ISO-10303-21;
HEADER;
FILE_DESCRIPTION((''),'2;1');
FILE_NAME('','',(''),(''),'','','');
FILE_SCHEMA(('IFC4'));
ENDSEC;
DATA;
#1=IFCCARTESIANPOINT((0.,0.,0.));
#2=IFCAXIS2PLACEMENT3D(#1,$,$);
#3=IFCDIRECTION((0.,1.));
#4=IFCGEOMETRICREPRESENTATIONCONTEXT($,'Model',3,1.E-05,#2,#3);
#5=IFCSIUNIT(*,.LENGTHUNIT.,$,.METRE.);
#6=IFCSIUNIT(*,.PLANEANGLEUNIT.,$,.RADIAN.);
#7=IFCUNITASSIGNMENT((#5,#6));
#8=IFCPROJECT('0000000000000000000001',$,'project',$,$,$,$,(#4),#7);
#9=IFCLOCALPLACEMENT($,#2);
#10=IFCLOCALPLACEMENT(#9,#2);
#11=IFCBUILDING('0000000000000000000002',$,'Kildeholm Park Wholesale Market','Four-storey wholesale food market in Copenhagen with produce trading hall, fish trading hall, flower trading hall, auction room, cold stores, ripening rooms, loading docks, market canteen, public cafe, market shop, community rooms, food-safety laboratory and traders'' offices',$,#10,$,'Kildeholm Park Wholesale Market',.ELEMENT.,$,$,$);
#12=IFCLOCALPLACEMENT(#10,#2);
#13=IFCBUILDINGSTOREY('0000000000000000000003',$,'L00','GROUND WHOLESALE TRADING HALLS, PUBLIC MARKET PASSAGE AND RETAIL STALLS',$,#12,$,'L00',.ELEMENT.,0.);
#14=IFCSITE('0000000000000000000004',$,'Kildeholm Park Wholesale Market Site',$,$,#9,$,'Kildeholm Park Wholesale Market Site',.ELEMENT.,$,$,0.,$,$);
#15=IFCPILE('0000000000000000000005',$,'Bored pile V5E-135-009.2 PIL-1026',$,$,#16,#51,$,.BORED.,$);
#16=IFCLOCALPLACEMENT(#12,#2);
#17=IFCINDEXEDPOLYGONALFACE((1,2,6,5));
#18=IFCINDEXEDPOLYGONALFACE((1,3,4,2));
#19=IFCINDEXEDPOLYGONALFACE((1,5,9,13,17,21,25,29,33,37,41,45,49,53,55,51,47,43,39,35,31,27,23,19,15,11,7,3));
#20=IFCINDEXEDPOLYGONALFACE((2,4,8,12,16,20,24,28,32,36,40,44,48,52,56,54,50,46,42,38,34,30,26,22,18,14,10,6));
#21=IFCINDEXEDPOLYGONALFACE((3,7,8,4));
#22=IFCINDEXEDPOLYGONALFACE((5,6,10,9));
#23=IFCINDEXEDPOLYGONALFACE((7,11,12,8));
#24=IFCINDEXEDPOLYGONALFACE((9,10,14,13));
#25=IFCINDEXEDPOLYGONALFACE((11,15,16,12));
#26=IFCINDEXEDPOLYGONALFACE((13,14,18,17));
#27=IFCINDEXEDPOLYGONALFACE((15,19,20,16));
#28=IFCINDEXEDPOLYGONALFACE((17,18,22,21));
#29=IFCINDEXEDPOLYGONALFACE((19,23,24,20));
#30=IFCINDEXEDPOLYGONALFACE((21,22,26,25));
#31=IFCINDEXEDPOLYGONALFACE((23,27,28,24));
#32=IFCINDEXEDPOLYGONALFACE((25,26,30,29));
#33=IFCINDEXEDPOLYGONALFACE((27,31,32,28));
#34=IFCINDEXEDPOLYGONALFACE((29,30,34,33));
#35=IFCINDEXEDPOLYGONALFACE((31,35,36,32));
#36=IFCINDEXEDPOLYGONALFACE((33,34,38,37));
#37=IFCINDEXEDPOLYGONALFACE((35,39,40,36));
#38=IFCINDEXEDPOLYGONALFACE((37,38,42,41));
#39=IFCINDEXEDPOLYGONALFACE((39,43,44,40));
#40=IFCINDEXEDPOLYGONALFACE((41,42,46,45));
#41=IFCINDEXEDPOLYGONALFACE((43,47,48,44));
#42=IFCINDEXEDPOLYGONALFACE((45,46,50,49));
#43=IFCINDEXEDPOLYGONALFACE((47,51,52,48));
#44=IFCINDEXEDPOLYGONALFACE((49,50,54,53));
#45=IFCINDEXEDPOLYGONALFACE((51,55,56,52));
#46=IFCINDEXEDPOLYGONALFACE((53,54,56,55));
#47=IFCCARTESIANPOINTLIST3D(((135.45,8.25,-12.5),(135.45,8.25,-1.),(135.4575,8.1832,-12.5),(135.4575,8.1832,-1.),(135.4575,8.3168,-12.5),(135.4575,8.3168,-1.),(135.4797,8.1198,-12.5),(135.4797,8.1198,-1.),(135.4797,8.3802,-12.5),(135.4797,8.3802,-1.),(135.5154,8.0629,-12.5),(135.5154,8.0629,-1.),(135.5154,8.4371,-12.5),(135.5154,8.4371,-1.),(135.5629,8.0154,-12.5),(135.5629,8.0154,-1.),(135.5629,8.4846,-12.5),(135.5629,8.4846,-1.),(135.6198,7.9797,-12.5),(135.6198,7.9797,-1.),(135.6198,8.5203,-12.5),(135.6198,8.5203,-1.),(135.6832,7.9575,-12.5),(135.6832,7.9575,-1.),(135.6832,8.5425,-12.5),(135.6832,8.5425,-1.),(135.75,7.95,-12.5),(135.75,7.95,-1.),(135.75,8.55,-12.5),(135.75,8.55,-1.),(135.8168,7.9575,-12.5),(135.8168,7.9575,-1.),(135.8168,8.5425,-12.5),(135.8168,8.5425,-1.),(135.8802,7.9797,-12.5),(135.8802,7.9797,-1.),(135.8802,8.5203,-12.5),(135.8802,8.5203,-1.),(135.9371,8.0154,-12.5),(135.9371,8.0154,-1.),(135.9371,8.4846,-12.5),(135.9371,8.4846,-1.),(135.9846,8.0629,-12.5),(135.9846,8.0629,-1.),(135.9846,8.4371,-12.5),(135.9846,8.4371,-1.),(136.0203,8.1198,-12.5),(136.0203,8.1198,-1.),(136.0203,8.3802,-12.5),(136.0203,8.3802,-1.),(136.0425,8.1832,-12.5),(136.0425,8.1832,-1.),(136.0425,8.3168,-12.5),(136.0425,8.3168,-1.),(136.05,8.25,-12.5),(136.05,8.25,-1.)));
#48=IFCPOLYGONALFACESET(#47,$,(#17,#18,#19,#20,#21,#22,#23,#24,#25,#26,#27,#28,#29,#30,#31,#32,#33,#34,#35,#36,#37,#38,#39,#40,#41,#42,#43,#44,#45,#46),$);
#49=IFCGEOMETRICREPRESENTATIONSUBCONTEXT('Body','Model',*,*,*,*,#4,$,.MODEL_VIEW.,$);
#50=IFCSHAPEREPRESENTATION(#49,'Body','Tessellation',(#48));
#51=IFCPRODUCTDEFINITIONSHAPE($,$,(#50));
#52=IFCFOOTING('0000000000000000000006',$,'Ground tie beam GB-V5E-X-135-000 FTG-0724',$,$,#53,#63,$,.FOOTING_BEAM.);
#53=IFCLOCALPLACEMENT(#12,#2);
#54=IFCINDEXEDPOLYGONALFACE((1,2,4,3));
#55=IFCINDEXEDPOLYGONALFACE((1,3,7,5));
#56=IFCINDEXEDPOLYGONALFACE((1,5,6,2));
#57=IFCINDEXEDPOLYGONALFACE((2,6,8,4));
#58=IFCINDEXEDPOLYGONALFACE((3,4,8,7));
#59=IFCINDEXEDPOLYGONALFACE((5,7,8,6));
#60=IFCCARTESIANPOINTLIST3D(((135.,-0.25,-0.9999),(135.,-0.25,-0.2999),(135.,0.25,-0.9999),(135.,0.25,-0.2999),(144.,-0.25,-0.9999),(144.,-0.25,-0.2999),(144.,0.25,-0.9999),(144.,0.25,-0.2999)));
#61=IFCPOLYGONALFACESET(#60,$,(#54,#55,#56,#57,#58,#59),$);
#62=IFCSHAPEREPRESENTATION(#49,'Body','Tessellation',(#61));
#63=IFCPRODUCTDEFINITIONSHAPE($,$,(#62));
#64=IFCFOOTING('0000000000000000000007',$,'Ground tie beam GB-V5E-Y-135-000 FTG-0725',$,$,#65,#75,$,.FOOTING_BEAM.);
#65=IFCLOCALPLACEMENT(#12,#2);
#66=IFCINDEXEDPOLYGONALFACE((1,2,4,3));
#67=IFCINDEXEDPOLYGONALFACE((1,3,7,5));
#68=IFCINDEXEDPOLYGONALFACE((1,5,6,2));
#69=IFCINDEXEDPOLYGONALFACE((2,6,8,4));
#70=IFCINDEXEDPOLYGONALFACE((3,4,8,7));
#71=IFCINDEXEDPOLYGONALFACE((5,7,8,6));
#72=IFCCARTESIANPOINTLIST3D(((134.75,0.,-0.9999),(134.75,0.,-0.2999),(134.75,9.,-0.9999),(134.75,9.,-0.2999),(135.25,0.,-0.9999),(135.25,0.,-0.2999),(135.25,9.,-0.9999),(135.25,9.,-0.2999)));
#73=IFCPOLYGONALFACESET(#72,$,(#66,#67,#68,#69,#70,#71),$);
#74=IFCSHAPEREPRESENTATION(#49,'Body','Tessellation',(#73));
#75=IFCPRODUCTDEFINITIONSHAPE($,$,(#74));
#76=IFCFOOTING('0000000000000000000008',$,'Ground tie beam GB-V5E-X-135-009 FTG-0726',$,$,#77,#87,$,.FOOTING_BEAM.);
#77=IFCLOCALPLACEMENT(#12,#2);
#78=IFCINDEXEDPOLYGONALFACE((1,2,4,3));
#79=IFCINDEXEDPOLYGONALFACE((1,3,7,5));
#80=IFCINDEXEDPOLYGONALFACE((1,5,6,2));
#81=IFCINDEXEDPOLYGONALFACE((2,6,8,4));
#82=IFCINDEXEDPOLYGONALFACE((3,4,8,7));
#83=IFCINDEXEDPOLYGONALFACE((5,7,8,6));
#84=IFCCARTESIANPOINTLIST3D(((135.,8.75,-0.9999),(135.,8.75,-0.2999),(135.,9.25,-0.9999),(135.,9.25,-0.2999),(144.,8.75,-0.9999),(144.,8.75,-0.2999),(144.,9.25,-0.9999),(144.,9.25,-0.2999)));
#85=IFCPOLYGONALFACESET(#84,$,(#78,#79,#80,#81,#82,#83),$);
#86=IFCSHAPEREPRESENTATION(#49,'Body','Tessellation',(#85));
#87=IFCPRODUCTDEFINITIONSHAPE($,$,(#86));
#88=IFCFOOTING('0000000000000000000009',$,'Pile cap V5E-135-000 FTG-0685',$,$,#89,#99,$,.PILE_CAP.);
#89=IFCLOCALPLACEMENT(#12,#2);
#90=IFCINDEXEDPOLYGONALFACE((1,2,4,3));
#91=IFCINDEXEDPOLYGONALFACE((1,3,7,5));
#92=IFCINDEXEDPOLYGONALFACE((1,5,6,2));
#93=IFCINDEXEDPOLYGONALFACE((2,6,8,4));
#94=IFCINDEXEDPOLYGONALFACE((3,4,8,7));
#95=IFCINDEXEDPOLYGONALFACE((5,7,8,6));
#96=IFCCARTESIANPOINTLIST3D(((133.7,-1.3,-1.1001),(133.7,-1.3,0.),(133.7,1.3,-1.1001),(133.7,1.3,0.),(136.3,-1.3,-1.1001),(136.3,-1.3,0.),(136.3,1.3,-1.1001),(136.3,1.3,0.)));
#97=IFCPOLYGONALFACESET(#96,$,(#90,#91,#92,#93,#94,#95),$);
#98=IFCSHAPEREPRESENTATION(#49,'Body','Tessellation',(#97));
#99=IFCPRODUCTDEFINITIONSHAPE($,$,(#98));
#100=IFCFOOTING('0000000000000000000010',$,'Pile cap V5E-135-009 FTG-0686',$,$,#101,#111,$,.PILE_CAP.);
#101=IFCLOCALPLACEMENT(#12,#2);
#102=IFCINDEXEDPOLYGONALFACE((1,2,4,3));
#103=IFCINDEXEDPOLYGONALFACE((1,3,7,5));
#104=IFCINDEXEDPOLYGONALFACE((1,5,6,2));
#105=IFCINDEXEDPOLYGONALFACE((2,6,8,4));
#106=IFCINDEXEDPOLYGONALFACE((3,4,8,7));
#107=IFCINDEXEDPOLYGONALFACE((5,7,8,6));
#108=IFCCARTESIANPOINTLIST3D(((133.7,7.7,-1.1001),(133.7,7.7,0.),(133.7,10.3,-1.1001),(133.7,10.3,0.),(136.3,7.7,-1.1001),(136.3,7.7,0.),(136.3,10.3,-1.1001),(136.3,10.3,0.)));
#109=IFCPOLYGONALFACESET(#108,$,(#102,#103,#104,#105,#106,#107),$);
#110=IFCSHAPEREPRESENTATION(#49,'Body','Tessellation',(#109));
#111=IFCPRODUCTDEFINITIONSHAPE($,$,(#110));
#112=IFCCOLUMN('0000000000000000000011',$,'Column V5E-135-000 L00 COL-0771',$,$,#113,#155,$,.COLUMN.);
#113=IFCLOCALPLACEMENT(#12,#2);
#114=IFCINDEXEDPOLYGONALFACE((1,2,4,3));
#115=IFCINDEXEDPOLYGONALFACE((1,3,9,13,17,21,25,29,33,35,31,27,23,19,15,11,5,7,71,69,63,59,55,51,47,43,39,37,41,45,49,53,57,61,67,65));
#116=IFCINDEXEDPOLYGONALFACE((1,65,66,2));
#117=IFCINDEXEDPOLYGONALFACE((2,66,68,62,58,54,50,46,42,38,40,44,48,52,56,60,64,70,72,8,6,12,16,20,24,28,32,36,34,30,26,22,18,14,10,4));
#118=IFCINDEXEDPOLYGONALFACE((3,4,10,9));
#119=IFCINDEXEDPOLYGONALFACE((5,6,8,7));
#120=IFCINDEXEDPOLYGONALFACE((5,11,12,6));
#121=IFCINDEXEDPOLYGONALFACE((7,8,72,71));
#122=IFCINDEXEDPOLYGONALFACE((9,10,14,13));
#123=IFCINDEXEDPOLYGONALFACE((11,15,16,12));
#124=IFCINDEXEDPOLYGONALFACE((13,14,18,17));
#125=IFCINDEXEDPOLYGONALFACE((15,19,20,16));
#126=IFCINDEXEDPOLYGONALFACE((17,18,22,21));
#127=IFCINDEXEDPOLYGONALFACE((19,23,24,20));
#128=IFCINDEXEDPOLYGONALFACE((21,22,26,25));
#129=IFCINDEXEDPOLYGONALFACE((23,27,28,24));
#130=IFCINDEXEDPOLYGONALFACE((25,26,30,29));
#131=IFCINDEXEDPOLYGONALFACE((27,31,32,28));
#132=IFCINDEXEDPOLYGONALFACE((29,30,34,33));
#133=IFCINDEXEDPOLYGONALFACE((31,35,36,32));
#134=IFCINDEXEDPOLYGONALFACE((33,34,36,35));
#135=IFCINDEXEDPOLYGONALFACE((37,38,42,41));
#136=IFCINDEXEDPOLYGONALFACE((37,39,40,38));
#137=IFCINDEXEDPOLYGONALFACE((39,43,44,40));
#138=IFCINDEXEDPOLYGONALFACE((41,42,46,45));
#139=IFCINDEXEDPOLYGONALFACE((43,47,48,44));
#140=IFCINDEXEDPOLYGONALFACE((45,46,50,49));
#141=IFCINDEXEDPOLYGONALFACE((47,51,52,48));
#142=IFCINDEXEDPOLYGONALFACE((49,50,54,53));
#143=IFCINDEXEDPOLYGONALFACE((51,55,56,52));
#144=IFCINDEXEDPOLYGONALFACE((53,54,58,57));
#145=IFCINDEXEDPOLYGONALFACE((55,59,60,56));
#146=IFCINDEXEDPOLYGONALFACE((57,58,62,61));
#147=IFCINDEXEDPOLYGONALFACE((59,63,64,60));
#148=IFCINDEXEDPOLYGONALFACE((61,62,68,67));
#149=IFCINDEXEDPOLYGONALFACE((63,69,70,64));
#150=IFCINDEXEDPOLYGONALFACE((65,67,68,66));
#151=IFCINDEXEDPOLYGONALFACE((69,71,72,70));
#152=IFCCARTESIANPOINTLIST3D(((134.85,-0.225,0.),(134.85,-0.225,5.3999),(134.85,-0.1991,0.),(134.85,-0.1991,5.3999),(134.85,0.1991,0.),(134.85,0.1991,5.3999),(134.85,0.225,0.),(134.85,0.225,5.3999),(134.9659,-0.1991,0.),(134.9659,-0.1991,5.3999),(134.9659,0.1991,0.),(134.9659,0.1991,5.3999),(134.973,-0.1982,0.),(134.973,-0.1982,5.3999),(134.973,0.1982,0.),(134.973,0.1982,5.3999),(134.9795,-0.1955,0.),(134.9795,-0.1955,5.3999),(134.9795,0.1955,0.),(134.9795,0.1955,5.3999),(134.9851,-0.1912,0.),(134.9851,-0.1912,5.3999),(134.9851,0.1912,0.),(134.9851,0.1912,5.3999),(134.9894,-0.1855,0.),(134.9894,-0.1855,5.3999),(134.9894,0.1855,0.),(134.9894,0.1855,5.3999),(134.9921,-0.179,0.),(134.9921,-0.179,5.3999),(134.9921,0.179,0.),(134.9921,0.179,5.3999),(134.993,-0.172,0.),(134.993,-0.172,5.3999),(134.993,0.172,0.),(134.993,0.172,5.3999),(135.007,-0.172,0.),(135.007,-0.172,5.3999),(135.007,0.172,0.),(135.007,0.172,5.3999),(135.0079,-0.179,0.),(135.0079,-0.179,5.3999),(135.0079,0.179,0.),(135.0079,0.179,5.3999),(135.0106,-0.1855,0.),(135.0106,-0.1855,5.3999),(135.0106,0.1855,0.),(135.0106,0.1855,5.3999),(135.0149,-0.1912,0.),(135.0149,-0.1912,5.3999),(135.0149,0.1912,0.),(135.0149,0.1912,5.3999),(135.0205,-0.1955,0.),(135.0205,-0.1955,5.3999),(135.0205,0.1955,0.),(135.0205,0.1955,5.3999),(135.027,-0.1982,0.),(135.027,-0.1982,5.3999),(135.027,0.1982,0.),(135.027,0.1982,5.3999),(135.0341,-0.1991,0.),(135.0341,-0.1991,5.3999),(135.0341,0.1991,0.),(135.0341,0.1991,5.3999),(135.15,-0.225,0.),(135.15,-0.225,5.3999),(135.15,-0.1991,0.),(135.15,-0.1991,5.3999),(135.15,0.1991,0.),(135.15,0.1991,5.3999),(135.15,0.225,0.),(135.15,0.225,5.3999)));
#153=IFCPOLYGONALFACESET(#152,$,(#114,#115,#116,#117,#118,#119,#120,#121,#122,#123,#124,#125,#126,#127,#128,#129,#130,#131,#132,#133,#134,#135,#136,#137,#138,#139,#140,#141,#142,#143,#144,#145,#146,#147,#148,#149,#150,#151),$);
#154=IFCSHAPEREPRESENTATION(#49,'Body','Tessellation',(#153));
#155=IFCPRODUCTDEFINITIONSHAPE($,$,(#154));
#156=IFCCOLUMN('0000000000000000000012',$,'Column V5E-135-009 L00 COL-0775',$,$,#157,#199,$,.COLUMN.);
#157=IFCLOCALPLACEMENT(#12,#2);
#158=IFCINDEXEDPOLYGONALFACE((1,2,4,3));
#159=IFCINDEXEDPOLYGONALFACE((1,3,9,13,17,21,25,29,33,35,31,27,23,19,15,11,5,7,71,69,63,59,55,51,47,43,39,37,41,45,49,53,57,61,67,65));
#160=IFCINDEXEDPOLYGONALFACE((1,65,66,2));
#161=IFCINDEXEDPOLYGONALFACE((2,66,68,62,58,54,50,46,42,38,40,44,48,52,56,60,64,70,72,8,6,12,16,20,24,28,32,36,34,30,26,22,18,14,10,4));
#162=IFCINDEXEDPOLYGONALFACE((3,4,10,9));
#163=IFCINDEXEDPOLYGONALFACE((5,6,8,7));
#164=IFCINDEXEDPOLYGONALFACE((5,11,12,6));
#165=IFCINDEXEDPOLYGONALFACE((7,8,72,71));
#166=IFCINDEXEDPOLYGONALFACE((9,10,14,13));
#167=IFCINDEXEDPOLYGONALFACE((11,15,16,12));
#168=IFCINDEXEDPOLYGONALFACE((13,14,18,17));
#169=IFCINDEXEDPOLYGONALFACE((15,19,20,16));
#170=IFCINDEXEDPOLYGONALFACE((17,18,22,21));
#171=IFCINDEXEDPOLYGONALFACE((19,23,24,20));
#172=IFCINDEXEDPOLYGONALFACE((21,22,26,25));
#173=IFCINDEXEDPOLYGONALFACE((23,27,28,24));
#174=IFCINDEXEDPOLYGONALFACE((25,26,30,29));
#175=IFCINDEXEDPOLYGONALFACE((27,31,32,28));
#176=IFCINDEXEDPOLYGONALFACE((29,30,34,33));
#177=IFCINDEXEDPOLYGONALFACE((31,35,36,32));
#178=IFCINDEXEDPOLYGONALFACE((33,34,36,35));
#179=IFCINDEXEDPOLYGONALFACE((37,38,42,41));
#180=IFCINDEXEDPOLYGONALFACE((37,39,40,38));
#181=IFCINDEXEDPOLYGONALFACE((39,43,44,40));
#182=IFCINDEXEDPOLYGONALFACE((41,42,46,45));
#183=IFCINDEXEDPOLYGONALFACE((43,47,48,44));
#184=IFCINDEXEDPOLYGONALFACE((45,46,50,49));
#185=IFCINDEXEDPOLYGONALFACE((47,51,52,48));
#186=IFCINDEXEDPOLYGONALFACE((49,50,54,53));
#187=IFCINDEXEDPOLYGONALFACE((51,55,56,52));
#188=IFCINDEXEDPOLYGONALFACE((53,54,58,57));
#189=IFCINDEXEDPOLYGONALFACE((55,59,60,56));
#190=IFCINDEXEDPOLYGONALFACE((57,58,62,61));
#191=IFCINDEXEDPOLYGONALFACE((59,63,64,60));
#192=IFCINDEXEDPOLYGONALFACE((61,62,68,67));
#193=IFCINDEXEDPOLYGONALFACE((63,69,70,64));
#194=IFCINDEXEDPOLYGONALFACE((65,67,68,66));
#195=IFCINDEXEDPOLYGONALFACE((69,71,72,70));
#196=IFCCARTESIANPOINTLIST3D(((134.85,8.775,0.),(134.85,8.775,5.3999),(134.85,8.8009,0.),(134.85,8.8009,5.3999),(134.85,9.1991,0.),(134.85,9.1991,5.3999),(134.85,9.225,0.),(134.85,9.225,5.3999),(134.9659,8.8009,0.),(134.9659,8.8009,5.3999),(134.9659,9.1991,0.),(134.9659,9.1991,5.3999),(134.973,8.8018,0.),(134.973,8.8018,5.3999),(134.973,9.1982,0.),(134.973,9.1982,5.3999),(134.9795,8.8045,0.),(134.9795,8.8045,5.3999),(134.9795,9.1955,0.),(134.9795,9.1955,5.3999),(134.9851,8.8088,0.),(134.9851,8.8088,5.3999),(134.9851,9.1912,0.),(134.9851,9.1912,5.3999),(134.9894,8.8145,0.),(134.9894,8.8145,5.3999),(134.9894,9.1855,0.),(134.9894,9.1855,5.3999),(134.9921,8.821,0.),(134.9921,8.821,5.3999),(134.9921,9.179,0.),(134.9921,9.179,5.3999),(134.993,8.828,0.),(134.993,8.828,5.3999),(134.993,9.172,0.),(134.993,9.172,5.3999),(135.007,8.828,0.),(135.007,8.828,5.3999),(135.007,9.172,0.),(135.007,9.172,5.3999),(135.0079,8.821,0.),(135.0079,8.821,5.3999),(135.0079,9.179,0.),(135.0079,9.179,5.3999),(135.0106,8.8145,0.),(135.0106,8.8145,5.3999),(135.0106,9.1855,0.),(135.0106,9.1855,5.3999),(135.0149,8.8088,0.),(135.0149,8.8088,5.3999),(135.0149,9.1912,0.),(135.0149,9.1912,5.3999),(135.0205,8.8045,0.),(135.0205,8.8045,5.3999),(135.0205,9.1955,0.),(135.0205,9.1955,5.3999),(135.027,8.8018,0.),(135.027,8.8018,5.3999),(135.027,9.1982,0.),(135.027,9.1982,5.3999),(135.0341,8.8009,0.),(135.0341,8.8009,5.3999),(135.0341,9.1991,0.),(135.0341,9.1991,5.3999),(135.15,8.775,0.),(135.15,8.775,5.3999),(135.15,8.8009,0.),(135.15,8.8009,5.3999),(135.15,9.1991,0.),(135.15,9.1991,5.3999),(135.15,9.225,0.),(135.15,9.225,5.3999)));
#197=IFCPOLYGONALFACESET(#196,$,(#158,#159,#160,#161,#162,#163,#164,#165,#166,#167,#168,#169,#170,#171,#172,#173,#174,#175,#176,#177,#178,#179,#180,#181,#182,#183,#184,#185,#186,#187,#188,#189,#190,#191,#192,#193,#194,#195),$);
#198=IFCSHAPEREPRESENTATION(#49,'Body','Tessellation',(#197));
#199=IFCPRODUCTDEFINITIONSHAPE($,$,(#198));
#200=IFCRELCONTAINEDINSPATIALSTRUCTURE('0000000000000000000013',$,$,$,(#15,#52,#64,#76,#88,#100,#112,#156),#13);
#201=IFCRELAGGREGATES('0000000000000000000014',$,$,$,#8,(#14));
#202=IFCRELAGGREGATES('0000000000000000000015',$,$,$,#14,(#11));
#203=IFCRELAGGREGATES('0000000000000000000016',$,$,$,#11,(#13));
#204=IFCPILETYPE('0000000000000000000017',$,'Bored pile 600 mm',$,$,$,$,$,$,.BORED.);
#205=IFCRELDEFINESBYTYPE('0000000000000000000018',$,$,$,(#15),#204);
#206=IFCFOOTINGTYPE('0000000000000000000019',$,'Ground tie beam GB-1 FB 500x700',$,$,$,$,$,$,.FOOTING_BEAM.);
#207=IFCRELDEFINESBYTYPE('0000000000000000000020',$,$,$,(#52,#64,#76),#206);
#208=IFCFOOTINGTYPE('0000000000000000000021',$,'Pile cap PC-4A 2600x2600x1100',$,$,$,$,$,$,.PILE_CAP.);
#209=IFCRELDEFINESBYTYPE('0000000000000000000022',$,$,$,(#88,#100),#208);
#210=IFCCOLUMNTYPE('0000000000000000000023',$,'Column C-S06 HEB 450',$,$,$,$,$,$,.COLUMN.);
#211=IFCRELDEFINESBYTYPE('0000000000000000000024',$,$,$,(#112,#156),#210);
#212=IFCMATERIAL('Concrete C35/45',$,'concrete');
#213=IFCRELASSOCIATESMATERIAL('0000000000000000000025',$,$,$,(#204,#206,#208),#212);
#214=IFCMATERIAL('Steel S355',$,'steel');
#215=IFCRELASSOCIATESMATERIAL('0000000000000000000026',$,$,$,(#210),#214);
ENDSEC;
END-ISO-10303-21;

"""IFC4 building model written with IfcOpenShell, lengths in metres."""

from ifc_helpers import new_model, si_unit, direction, frame, origin, origin_2d, place, context, subcontext, project, spatial, rectangle, circle, i_section, extrude, material, material_profile, profile_set, type_object, element, save


model = new_model("IFC4")

# Units and contexts
model_context = context("Model", 3, precision=1e-05, world=origin(), true_north=direction((0.0, 1.0)))
body_context = subcontext(model_context, "Body", "Model", "MODEL_VIEW")
ifc_project = project(units=[si_unit("LENGTHUNIT", "METRE"), si_unit("PLANEANGLEUNIT", "RADIAN")], contexts=[model_context])

# Site, building, storey
site_placement = place(None, origin())
site = spatial("IfcSite", under=ifc_project, at=site_placement, Name="Kildeholm Park Wholesale Market Site", LongName="Kildeholm Park Wholesale Market Site", CompositionType="ELEMENT", RefElevation=0.0)
building_placement = place(site_placement, origin())
building = spatial("IfcBuilding", under=site, at=building_placement, Name="Kildeholm Park Wholesale Market", Description="Four-storey wholesale food market in Copenhagen with produce trading hall, fish trading hall, flower trading hall, auction room, cold stores, ripening rooms, loading docks, market canteen, public cafe, market shop, community rooms, food-safety laboratory and traders' offices", LongName="Kildeholm Park Wholesale Market", CompositionType="ELEMENT")
storey_placement = place(building_placement, origin())
storey = spatial("IfcBuildingStorey", under=building, at=storey_placement, Name="L00", Description="GROUND WHOLESALE TRADING HALLS, PUBLIC MARKET PASSAGE AND RETAIL STALLS", LongName="L00", CompositionType="ELEMENT", Elevation=0.0)

# Pile
ifc_material_1 = material(Name="Concrete C35/45", Category="concrete")
ifc_material_profile_1 = material_profile(ifc_material_1, circle(Radius=0.3, at=origin_2d()), Name="PILE D600")
ifc_profile_set_1 = profile_set([ifc_material_profile_1], Name="Concrete C35/45")
pile_type = type_object("IfcPileType", Name="Bored pile 600 mm", PredefinedType="BORED", material=ifc_profile_set_1)
for number, where, z_axis, x_axis, name in (
    (1, (135.75, 8.25, -1.0), (0.0, 0.0, -1.0), (1.0, 0.0, 0.0), "Bored pile V5E-135-009.2 PIL-1026"),
):
    element("IfcPile", number, at=place(storey_placement, frame(where, z_axis=z_axis, x_axis=x_axis)), inside=storey, type_object=pile_type, Name=name, PredefinedType="BORED", context=body_context, shape_type="SweptSolid", body=[
        extrude(circle(Radius=0.3, at=origin_2d()), origin(), (0.0, 0.0, 1.0), 11.5),
    ])

# Footings
ifc_material_profile_2 = material_profile(ifc_material_1, rectangle(XDim=0.5, YDim=0.7, at=origin_2d()), Name="FB 500x700")
ifc_profile_set_2 = profile_set([ifc_material_profile_2], Name="Concrete C35/45")
footing_type_1 = type_object("IfcFootingType", Name="Ground tie beam GB-1 FB 500x700", PredefinedType="FOOTING_BEAM", material=ifc_profile_set_2)
for number, where, z_axis, x_axis, name in (
    (2, (135.0, 0.0, -0.6499), (1.0, 0.0, 0.0), (0.0, 1.0, 0.0), "Ground tie beam GB-V5E-X-135-000 FTG-0724"),
    (3, (135.0, 0.0, -0.6499), (0.0, 1.0, 0.0), (-1.0, 0.0, 0.0), "Ground tie beam GB-V5E-Y-135-000 FTG-0725"),
    (4, (135.0, 9.0, -0.6499), (1.0, 0.0, 0.0), (0.0, 1.0, 0.0), "Ground tie beam GB-V5E-X-135-009 FTG-0726"),
):
    element("IfcFooting", number, at=place(storey_placement, frame(where, z_axis=z_axis, x_axis=x_axis)), inside=storey, type_object=footing_type_1, Name=name, PredefinedType="FOOTING_BEAM", context=body_context, shape_type="SweptSolid", body=[
        extrude(rectangle(XDim=0.5, YDim=0.7, at=origin_2d()), origin(), (0.0, 0.0, 1.0), 9.0),
    ])
footing_type_2 = type_object("IfcFootingType", Name="Pile cap PC-4A 2600x2600x1100", PredefinedType="PILE_CAP", material=ifc_material_1)
for number, where, z_axis, x_axis, name in (
    (5, (135.0, 0.0, -1.1001), (0.0, 0.0, 1.0), (1.0, 0.0, 0.0), "Pile cap V5E-135-000 FTG-0685"),
    (6, (135.0, 9.0, -1.1001), (0.0, 0.0, 1.0), (1.0, 0.0, 0.0), "Pile cap V5E-135-009 FTG-0686"),
):
    element("IfcFooting", number, at=place(storey_placement, frame(where, z_axis=z_axis, x_axis=x_axis)), inside=storey, type_object=footing_type_2, Name=name, PredefinedType="PILE_CAP", context=body_context, shape_type="SweptSolid", body=[
        extrude(rectangle(XDim=2.6001, YDim=2.6001, at=origin_2d()), origin(), (0.0, 0.0, 1.0), 1.1001),
    ])

# Columns
ifc_material_2 = material(Name="Steel S355", Category="steel")
ifc_material_profile_3 = material_profile(ifc_material_2, i_section(OverallWidth=0.3, OverallDepth=0.45, WebThickness=0.0139, FlangeThickness=0.0259, FilletRadius=0.0271, at=origin_2d()), Name="HEB 450")
ifc_profile_set_3 = profile_set([ifc_material_profile_3], Name="Steel S355")
column_type = type_object("IfcColumnType", Name="Column C-S06 HEB 450", PredefinedType="COLUMN", material=ifc_profile_set_3)
for number, where, z_axis, x_axis, name in (
    (7, (135.0, 0.0, 0.0), (0.0, 0.0, 1.0), (1.0, 0.0, 0.0), "Column V5E-135-000 L00 COL-0771"),
    (8, (135.0, 9.0, 0.0), (0.0, 0.0, 1.0), (1.0, 0.0, 0.0), "Column V5E-135-009 L00 COL-0775"),
):
    element("IfcColumn", number, at=place(storey_placement, frame(where, z_axis=z_axis, x_axis=x_axis)), inside=storey, type_object=column_type, Name=name, PredefinedType="COLUMN", context=body_context, shape_type="SweptSolid", body=[
        extrude(i_section(OverallWidth=0.3, OverallDepth=0.45, WebThickness=0.0139, FlangeThickness=0.0259, FilletRadius=0.0271, at=origin_2d()), origin(), (0.0, 0.0, 1.0), 5.3999),
    ])

save(model, "model.ifc")
